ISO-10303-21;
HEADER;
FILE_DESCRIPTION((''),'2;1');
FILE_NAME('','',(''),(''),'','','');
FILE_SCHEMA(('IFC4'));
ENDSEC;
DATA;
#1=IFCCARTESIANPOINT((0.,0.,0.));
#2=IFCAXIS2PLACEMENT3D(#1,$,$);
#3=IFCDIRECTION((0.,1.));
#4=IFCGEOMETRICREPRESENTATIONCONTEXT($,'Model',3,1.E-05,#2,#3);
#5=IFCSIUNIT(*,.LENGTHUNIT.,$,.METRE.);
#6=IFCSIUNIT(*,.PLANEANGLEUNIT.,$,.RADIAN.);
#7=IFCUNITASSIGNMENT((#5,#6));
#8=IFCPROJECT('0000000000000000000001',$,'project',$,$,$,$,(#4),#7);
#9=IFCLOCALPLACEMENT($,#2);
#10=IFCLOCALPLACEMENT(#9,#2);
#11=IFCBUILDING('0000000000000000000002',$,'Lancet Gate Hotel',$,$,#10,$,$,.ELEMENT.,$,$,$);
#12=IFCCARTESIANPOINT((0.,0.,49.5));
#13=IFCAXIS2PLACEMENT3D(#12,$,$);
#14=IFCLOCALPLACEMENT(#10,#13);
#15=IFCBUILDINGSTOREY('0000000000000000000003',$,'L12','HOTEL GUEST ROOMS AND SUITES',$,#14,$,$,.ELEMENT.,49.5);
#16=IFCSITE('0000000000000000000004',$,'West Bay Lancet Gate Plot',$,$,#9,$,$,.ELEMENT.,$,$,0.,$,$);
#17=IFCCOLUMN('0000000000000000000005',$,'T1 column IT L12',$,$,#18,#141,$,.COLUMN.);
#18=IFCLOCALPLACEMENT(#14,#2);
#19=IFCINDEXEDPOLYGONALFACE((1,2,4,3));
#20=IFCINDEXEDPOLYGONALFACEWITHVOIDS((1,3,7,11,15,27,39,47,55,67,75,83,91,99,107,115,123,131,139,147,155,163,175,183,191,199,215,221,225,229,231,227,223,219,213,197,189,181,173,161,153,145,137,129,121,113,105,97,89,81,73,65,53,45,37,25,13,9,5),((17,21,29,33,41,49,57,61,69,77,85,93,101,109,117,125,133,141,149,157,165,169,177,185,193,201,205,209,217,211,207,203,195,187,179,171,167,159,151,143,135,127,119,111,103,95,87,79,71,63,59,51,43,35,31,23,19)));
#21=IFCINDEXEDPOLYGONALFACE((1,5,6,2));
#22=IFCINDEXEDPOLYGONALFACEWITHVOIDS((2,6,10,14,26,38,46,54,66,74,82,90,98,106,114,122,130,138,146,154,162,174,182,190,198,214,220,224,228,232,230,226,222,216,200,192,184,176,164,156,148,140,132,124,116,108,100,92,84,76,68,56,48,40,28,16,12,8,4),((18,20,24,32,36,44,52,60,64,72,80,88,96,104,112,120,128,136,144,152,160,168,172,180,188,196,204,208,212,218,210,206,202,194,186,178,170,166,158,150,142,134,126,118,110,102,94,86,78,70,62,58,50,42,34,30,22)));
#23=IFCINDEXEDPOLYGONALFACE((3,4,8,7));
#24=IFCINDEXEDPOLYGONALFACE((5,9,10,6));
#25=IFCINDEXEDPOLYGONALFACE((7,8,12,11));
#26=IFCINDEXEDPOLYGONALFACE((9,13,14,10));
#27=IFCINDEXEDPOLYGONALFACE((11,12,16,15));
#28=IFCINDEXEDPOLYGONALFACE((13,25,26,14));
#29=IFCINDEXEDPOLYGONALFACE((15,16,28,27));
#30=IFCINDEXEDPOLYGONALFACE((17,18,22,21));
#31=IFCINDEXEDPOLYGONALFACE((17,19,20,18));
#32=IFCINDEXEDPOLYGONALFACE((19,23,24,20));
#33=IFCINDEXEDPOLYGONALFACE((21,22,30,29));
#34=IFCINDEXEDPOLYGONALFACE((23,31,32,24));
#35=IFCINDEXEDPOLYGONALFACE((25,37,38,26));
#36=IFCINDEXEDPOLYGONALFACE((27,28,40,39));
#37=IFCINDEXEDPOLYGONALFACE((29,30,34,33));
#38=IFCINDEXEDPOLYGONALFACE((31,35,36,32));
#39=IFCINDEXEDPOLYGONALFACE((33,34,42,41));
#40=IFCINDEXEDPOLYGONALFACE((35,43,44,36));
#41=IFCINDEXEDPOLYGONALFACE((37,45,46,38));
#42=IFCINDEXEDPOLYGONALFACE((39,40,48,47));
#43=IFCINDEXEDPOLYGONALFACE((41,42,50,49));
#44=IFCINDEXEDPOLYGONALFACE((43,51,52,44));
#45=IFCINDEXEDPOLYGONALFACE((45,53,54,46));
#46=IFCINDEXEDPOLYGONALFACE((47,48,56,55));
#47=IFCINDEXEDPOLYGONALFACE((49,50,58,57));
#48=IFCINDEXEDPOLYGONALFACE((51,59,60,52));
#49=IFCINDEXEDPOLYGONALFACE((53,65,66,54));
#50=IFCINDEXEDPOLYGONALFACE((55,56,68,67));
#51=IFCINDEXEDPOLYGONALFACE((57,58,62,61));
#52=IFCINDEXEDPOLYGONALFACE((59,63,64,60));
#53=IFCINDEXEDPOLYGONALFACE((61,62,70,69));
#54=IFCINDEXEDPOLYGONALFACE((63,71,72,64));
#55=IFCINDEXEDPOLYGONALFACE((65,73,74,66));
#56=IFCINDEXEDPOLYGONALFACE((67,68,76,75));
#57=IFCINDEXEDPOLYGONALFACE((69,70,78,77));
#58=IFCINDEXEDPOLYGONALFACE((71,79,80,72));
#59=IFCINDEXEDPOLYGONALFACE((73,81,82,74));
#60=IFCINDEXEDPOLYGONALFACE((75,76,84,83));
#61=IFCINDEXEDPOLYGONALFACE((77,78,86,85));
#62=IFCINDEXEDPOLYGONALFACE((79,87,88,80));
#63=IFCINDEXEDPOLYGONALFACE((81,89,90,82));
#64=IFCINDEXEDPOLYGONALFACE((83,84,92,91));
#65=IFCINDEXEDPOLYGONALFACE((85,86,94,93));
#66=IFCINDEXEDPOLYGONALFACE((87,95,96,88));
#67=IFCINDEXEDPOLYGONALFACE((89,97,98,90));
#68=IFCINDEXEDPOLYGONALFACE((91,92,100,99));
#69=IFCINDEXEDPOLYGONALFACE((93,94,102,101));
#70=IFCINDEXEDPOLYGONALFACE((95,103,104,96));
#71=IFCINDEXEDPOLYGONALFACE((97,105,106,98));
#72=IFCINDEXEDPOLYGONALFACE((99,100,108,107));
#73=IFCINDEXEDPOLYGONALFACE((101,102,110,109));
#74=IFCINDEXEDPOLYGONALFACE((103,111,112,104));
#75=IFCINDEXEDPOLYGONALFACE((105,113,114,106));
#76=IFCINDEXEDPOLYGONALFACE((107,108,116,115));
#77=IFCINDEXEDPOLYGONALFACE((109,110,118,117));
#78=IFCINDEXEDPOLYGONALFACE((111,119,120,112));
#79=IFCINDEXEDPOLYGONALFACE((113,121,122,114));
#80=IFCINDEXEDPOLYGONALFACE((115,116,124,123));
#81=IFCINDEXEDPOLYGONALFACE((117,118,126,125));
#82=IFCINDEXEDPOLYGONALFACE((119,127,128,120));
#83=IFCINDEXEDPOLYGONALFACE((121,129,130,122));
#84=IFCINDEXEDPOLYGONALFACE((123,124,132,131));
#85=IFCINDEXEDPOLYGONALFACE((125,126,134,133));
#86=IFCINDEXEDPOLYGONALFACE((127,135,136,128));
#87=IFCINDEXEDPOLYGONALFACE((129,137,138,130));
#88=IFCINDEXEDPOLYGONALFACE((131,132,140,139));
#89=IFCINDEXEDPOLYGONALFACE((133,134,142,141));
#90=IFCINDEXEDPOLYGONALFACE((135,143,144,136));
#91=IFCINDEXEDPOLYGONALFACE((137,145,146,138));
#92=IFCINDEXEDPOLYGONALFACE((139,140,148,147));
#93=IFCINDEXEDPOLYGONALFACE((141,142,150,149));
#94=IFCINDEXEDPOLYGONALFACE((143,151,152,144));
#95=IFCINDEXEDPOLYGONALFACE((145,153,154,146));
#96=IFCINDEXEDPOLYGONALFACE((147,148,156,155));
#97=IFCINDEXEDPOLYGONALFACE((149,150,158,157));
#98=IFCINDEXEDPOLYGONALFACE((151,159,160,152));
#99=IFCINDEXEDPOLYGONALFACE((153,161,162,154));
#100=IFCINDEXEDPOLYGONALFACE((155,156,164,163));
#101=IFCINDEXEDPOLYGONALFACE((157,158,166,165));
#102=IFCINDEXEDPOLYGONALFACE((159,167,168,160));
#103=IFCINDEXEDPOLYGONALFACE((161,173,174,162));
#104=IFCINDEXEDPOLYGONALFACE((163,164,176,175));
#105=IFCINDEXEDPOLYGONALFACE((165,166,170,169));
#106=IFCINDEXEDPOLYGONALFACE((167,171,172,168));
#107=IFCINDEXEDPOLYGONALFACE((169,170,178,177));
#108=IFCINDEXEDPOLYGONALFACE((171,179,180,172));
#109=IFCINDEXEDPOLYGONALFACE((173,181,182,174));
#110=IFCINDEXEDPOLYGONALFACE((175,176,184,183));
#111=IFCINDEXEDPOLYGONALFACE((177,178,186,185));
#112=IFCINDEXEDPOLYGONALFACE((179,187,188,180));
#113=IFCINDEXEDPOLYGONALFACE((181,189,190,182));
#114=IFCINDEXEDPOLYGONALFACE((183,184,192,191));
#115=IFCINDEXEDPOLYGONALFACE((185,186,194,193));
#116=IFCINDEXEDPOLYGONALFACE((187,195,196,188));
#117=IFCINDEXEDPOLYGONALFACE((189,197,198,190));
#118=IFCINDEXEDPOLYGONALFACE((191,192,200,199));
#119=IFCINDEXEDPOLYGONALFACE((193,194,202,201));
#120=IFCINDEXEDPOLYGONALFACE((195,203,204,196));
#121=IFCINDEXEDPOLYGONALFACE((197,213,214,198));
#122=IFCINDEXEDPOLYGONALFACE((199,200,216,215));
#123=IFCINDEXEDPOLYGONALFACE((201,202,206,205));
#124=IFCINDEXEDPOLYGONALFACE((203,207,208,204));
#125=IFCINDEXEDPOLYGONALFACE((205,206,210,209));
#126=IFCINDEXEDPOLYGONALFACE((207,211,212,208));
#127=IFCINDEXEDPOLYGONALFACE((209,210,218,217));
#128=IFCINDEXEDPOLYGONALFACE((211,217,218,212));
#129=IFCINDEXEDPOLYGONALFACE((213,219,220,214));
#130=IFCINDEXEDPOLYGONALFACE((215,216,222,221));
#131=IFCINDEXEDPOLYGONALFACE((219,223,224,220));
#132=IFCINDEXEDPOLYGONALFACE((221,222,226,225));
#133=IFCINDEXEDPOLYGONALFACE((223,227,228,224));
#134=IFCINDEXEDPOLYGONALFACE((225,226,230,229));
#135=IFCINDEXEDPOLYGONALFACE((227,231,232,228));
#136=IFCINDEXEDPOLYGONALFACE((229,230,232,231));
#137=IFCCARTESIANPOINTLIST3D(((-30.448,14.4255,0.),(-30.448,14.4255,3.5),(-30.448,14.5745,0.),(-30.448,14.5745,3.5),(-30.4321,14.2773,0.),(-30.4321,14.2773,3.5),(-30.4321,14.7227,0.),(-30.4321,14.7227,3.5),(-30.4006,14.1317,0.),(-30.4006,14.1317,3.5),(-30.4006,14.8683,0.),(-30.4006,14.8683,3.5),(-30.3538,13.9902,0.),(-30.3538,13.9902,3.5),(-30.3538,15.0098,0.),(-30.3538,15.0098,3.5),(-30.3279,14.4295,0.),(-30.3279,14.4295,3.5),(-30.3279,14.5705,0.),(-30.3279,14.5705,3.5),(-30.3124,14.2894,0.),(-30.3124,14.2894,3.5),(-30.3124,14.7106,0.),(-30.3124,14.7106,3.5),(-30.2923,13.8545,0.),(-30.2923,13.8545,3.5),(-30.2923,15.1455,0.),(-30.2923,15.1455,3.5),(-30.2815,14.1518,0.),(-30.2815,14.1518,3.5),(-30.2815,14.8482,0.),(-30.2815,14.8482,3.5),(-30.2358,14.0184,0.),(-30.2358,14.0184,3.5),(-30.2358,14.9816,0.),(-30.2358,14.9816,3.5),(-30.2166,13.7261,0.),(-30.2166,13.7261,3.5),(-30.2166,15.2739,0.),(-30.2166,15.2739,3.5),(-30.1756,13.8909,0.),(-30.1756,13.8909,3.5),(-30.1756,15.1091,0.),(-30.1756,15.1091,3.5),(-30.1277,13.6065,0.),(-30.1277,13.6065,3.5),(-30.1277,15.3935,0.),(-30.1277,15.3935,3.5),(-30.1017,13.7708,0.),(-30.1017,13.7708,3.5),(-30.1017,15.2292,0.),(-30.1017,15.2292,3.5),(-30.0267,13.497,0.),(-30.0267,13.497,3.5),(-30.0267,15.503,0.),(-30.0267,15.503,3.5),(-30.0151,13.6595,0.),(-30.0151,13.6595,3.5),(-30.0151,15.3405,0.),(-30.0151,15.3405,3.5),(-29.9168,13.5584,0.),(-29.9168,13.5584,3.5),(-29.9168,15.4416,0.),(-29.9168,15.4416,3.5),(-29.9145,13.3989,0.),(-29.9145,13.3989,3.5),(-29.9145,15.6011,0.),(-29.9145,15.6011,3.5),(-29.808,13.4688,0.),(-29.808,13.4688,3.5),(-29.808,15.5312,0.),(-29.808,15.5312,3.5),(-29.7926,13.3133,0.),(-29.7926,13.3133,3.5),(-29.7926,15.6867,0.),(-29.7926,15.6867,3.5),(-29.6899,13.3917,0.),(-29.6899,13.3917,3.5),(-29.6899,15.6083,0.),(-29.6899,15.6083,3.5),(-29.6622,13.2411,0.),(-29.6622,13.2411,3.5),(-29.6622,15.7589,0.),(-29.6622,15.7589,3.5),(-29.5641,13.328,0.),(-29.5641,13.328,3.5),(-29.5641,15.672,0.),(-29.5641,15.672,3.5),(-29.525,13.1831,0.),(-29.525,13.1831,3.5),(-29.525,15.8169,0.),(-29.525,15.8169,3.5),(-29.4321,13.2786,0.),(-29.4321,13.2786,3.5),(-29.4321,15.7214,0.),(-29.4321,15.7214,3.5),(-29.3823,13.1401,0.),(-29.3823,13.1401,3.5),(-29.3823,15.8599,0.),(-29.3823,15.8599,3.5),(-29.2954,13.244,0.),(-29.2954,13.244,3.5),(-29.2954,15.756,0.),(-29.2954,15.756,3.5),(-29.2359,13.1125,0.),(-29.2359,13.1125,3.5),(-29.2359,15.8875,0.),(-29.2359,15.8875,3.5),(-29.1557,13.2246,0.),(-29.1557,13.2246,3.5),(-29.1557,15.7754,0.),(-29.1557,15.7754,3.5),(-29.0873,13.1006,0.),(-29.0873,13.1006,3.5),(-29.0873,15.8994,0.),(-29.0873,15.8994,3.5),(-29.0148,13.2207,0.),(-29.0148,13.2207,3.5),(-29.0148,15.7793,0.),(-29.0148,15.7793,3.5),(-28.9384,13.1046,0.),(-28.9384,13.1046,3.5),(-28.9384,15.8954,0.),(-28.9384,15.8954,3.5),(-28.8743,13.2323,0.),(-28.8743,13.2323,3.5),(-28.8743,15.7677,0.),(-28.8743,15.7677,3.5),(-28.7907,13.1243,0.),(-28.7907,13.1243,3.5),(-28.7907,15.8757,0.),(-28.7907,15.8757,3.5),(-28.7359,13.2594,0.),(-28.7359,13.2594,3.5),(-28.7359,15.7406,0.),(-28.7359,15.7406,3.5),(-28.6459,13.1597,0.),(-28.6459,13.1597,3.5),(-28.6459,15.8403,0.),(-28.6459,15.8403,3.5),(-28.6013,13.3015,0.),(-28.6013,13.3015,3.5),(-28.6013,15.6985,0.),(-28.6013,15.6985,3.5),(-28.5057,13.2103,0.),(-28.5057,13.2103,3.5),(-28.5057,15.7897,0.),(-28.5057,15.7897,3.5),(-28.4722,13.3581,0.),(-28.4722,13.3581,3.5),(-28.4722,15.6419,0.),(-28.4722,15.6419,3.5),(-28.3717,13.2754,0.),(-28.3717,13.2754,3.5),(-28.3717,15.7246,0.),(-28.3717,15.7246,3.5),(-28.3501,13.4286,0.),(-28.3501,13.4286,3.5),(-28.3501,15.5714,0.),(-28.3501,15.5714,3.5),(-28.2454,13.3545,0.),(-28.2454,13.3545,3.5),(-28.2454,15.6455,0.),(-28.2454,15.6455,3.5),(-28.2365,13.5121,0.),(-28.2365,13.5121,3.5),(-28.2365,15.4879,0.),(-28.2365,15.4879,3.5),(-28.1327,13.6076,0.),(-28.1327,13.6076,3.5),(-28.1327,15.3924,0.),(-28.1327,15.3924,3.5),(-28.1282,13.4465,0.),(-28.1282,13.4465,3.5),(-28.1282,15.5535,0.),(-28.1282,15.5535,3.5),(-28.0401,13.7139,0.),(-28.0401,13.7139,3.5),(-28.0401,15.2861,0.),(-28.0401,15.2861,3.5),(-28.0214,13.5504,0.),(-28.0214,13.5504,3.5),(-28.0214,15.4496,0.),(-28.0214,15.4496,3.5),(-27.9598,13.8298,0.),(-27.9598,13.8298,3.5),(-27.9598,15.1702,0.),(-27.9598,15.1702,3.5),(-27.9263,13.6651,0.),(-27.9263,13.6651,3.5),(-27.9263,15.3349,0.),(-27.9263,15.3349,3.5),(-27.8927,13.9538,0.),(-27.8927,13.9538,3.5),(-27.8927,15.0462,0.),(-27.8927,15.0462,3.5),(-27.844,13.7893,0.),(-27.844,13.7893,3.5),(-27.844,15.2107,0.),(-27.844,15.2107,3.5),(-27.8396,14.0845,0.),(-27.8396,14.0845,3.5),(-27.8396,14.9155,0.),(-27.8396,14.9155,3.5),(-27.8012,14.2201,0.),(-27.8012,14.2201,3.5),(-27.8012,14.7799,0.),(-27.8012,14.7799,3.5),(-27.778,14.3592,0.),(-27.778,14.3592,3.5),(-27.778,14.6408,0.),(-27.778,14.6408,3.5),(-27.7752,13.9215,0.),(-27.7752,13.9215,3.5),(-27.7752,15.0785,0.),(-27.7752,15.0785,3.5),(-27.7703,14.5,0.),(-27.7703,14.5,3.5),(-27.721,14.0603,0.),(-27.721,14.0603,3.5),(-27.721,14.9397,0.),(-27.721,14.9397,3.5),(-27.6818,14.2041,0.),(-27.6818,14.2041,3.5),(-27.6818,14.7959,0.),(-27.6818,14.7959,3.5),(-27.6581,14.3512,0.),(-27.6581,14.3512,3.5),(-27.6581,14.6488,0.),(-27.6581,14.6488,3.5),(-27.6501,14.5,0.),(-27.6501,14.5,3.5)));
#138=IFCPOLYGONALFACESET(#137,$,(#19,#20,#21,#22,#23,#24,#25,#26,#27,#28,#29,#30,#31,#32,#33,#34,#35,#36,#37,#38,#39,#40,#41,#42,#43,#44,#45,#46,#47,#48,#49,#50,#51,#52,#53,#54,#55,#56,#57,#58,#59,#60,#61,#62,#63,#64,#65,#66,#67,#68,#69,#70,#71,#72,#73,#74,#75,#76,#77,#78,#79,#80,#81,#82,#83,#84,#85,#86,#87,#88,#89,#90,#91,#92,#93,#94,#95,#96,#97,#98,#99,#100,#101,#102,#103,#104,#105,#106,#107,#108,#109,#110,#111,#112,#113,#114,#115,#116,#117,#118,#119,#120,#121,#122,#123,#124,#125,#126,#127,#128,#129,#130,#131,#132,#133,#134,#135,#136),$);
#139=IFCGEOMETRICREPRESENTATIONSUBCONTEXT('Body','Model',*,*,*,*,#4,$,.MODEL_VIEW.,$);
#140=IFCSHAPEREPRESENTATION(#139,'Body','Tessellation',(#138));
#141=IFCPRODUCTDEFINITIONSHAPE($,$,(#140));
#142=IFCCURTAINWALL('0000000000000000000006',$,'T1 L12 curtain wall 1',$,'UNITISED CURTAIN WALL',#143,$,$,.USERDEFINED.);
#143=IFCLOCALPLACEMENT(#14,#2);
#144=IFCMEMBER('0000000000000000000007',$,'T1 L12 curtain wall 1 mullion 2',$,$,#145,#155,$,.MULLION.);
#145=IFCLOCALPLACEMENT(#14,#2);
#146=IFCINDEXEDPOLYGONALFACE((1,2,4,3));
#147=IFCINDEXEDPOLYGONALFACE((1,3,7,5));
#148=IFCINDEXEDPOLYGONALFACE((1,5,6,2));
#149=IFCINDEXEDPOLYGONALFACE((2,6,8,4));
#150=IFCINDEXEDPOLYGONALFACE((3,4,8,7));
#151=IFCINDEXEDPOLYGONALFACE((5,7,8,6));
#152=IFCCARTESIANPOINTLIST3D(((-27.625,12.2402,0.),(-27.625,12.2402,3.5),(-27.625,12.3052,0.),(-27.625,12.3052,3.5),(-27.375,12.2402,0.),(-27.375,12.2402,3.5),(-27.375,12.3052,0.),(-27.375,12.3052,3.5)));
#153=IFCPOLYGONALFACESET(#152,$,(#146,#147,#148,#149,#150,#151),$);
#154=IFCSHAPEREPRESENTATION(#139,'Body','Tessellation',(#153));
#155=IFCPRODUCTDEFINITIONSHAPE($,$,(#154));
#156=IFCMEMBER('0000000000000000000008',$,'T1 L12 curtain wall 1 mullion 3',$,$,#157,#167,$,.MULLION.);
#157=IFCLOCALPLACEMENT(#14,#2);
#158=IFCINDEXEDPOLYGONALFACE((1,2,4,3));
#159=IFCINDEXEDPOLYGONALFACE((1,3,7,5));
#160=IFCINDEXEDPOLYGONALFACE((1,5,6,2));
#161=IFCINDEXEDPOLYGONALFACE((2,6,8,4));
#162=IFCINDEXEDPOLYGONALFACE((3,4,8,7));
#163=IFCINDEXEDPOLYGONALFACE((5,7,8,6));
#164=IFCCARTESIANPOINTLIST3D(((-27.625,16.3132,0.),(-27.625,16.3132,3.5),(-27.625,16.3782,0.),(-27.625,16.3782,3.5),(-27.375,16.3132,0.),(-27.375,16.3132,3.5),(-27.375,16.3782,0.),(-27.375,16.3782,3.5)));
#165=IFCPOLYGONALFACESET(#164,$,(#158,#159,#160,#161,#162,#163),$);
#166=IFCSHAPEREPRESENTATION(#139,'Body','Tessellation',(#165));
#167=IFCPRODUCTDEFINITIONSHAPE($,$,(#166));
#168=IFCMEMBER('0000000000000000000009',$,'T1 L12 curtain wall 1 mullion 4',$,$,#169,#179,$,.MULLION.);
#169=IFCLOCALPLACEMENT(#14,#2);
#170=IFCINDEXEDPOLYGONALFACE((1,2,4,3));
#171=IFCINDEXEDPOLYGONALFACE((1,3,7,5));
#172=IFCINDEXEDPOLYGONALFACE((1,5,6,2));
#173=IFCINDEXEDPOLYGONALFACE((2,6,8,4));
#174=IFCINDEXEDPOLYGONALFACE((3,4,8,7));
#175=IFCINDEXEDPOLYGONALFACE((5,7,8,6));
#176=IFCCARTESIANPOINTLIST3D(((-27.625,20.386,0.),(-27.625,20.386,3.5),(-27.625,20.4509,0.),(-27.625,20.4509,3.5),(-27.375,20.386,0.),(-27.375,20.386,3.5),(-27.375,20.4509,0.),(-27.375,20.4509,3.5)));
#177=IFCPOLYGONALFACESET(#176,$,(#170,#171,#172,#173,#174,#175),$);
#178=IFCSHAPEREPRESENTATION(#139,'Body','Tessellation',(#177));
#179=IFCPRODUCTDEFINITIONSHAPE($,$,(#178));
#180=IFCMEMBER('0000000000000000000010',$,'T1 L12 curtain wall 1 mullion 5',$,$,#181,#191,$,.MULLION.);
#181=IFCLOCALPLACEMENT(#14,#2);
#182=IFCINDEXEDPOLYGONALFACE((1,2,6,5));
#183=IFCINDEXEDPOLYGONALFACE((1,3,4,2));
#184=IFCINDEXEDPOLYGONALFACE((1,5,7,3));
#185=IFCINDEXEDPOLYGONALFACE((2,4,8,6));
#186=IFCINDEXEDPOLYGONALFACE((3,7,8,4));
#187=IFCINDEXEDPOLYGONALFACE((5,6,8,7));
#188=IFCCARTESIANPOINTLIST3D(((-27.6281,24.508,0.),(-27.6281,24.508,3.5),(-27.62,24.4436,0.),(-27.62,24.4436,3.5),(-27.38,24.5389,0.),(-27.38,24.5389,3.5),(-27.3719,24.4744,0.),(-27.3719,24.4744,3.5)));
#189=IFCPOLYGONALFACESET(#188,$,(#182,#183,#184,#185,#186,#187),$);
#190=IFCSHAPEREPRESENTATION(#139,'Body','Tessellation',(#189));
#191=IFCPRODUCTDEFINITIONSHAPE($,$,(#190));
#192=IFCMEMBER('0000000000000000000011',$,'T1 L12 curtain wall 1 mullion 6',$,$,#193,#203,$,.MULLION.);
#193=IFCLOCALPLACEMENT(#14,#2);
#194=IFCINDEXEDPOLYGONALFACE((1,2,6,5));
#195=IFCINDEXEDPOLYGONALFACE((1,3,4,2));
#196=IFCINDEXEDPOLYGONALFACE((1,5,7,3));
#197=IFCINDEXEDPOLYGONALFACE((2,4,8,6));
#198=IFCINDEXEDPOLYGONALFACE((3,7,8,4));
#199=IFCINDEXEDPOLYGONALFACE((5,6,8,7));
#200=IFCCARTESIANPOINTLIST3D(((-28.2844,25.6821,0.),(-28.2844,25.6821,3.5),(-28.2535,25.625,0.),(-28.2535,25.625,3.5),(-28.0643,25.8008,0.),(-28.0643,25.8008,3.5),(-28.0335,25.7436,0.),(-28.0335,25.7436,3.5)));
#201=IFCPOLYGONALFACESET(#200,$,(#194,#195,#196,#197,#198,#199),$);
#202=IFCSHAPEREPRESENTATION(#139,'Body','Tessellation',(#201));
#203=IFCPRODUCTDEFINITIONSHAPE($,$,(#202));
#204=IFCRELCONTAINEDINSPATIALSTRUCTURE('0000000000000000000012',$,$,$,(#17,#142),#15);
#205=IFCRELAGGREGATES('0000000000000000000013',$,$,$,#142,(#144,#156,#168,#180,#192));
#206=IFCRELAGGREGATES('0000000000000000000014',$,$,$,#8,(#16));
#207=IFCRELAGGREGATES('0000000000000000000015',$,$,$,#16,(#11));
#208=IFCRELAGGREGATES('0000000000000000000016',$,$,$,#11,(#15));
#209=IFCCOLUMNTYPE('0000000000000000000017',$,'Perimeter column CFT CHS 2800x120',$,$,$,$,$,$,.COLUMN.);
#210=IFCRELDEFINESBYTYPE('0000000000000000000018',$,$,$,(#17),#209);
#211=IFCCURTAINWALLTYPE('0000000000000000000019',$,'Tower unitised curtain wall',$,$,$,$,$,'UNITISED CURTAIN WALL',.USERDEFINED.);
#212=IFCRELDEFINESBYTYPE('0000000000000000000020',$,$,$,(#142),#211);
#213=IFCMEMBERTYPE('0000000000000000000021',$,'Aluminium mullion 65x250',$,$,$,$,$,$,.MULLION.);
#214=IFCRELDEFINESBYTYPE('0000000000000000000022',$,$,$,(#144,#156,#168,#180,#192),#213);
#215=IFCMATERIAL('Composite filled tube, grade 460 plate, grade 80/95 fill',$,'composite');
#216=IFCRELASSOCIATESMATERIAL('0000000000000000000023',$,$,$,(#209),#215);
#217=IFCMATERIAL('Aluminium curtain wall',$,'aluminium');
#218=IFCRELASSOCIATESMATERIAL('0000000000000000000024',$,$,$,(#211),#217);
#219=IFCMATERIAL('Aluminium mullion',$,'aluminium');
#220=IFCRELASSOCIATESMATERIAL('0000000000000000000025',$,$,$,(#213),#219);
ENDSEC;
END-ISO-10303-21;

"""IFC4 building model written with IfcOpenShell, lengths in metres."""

from ifc_helpers import new_model, si_unit, direction, frame, origin, origin_2d, place, context, subcontext, project, spatial, rectangle, hollow_circle, extrude, material, material_profile, profile_set, type_object, element, aggregate, save


model = new_model("IFC4")

# Units and contexts
model_context = context("Model", 3, precision=1e-05, world=origin(), true_north=direction((0.0, 1.0)))
body_context = subcontext(model_context, "Body", "Model", "MODEL_VIEW")
ifc_project = project(units=[si_unit("LENGTHUNIT", "METRE"), si_unit("PLANEANGLEUNIT", "RADIAN")], contexts=[model_context])

# Site, building, storey
site_placement = place(None, origin())
site = spatial("IfcSite", under=ifc_project, at=site_placement, Name="West Bay Lancet Gate Plot", CompositionType="ELEMENT", RefElevation=0.0)
building_placement = place(site_placement, origin())
building = spatial("IfcBuilding", under=site, at=building_placement, Name="Lancet Gate Hotel", CompositionType="ELEMENT")
storey_placement = place(building_placement, frame((0.0, 0.0, 49.5)))
storey = spatial("IfcBuildingStorey", under=building, at=storey_placement, Name="L12", Description="HOTEL GUEST ROOMS AND SUITES", CompositionType="ELEMENT", Elevation=49.5)

# Column
ifc_material_1 = material(Name="Composite filled tube, grade 460 plate, grade 80/95 fill", Category="composite")
ifc_material_profile_1 = material_profile(ifc_material_1, hollow_circle(Radius=1.3999, WallThickness=0.1201, at=origin_2d()), Name="CHS 2800x120")
ifc_profile_set_1 = profile_set([ifc_material_profile_1], Name="Composite filled tube, grade 460 plate, grade 80/95 fill")
column_type = type_object("IfcColumnType", Name="Perimeter column CFT CHS 2800x120", PredefinedType="COLUMN", material=ifc_profile_set_1)
for number, where, z_axis, x_axis, name in (
    (1, (-29.05, 14.5, 0.0), (0.0, 0.0, 1.0), (1.0, 0.0, 0.0), "T1 column IT L12"),
):
    element("IfcColumn", number, at=place(storey_placement, frame(where, z_axis=z_axis, x_axis=x_axis)), inside=storey, type_object=column_type, Name=name, PredefinedType="COLUMN", context=body_context, shape_type="SweptSolid", body=[
        extrude(hollow_circle(Radius=1.3999, WallThickness=0.1201, at=origin_2d()), origin(), (0.0, 0.0, 1.0), 3.5),
    ])

# Curtain wall, members
ifc_material_2 = material(Name="Aluminium curtain wall", Category="aluminium")
curtain_wall_type = type_object("IfcCurtainWallType", Name="Tower unitised curtain wall", ElementType="UNITISED CURTAIN WALL", PredefinedType="USERDEFINED", material=ifc_material_2)
curtain_wall_placement = place(storey_placement, origin())
curtain_wall = element("IfcCurtainWall", 2, at=curtain_wall_placement, inside=storey, type_object=curtain_wall_type, Name="T1 L12 curtain wall 1", ObjectType="UNITISED CURTAIN WALL", PredefinedType="USERDEFINED")
ifc_material_3 = material(Name="Aluminium mullion", Category="aluminium")
ifc_material_profile_2 = material_profile(ifc_material_3, rectangle(XDim=0.0649, YDim=0.25, at=origin_2d()), Name="MULLION 65x250")
ifc_profile_set_2 = profile_set([ifc_material_profile_2], Name="Aluminium mullion")
member_type_1 = type_object("IfcMemberType", Name="Aluminium mullion 65x250", PredefinedType="MULLION", material=ifc_profile_set_2)
member_1_placement = place(storey_placement, frame((-27.5, 12.2727, 0.0), z_axis=(0.0, 0.0, 1.0), x_axis=(0.0, 1.0, 0.0)))
member_1 = element("IfcMember", 3, at=member_1_placement, type_object=member_type_1, Name="T1 L12 curtain wall 1 mullion 2", PredefinedType="MULLION", context=body_context, shape_type="SweptSolid", body=[
    extrude(rectangle(XDim=0.0649, YDim=0.25, at=origin_2d()), origin(), (0.0, 0.0, 1.0), 3.5),
])
member_2_placement = place(storey_placement, frame((-27.5, 16.3457, 0.0), z_axis=(0.0, 0.0, 1.0), x_axis=(0.0, 1.0, 0.0)))
member_2 = element("IfcMember", 4, at=member_2_placement, type_object=member_type_1, Name="T1 L12 curtain wall 1 mullion 3", PredefinedType="MULLION", context=body_context, shape_type="SweptSolid", body=[
    extrude(rectangle(XDim=0.0649, YDim=0.25, at=origin_2d()), origin(), (0.0, 0.0, 1.0), 3.5),
])
member_3_placement = place(storey_placement, frame((-27.5, 20.4185, 0.0), z_axis=(0.0, 0.0, 1.0), x_axis=(0.0, 1.0, 0.0)))
member_3 = element("IfcMember", 5, at=member_3_placement, type_object=member_type_1, Name="T1 L12 curtain wall 1 mullion 4", PredefinedType="MULLION", context=body_context, shape_type="SweptSolid", body=[
    extrude(rectangle(XDim=0.0649, YDim=0.25, at=origin_2d()), origin(), (0.0, 0.0, 1.0), 3.5),
])
member_4_placement = place(storey_placement, frame((-27.5, 24.4912, 0.0), z_axis=(0.0, 0.0, 1.0), x_axis=(-0.123483, 0.992347, 0.0)))
member_4 = element("IfcMember", 6, at=member_4_placement, type_object=member_type_1, Name="T1 L12 curtain wall 1 mullion 5", PredefinedType="MULLION", context=body_context, shape_type="SweptSolid", body=[
    extrude(rectangle(XDim=0.0649, YDim=0.25, at=origin_2d()), origin(), (0.0, 0.0, 1.0), 3.5),
])
member_5_placement = place(storey_placement, frame((-28.1589, 25.7129, 0.0), z_axis=(0.0, 0.0, 1.0), x_axis=(-0.474631, 0.880185, 0.0)))
member_5 = element("IfcMember", 7, at=member_5_placement, type_object=member_type_1, Name="T1 L12 curtain wall 1 mullion 6", PredefinedType="MULLION", context=body_context, shape_type="SweptSolid", body=[
    extrude(rectangle(XDim=0.0649, YDim=0.25, at=origin_2d()), origin(), (0.0, 0.0, 1.0), 3.5),
])

aggregate(curtain_wall, [member_1, member_2, member_3, member_4, member_5])

save(model, "model.ifc")
